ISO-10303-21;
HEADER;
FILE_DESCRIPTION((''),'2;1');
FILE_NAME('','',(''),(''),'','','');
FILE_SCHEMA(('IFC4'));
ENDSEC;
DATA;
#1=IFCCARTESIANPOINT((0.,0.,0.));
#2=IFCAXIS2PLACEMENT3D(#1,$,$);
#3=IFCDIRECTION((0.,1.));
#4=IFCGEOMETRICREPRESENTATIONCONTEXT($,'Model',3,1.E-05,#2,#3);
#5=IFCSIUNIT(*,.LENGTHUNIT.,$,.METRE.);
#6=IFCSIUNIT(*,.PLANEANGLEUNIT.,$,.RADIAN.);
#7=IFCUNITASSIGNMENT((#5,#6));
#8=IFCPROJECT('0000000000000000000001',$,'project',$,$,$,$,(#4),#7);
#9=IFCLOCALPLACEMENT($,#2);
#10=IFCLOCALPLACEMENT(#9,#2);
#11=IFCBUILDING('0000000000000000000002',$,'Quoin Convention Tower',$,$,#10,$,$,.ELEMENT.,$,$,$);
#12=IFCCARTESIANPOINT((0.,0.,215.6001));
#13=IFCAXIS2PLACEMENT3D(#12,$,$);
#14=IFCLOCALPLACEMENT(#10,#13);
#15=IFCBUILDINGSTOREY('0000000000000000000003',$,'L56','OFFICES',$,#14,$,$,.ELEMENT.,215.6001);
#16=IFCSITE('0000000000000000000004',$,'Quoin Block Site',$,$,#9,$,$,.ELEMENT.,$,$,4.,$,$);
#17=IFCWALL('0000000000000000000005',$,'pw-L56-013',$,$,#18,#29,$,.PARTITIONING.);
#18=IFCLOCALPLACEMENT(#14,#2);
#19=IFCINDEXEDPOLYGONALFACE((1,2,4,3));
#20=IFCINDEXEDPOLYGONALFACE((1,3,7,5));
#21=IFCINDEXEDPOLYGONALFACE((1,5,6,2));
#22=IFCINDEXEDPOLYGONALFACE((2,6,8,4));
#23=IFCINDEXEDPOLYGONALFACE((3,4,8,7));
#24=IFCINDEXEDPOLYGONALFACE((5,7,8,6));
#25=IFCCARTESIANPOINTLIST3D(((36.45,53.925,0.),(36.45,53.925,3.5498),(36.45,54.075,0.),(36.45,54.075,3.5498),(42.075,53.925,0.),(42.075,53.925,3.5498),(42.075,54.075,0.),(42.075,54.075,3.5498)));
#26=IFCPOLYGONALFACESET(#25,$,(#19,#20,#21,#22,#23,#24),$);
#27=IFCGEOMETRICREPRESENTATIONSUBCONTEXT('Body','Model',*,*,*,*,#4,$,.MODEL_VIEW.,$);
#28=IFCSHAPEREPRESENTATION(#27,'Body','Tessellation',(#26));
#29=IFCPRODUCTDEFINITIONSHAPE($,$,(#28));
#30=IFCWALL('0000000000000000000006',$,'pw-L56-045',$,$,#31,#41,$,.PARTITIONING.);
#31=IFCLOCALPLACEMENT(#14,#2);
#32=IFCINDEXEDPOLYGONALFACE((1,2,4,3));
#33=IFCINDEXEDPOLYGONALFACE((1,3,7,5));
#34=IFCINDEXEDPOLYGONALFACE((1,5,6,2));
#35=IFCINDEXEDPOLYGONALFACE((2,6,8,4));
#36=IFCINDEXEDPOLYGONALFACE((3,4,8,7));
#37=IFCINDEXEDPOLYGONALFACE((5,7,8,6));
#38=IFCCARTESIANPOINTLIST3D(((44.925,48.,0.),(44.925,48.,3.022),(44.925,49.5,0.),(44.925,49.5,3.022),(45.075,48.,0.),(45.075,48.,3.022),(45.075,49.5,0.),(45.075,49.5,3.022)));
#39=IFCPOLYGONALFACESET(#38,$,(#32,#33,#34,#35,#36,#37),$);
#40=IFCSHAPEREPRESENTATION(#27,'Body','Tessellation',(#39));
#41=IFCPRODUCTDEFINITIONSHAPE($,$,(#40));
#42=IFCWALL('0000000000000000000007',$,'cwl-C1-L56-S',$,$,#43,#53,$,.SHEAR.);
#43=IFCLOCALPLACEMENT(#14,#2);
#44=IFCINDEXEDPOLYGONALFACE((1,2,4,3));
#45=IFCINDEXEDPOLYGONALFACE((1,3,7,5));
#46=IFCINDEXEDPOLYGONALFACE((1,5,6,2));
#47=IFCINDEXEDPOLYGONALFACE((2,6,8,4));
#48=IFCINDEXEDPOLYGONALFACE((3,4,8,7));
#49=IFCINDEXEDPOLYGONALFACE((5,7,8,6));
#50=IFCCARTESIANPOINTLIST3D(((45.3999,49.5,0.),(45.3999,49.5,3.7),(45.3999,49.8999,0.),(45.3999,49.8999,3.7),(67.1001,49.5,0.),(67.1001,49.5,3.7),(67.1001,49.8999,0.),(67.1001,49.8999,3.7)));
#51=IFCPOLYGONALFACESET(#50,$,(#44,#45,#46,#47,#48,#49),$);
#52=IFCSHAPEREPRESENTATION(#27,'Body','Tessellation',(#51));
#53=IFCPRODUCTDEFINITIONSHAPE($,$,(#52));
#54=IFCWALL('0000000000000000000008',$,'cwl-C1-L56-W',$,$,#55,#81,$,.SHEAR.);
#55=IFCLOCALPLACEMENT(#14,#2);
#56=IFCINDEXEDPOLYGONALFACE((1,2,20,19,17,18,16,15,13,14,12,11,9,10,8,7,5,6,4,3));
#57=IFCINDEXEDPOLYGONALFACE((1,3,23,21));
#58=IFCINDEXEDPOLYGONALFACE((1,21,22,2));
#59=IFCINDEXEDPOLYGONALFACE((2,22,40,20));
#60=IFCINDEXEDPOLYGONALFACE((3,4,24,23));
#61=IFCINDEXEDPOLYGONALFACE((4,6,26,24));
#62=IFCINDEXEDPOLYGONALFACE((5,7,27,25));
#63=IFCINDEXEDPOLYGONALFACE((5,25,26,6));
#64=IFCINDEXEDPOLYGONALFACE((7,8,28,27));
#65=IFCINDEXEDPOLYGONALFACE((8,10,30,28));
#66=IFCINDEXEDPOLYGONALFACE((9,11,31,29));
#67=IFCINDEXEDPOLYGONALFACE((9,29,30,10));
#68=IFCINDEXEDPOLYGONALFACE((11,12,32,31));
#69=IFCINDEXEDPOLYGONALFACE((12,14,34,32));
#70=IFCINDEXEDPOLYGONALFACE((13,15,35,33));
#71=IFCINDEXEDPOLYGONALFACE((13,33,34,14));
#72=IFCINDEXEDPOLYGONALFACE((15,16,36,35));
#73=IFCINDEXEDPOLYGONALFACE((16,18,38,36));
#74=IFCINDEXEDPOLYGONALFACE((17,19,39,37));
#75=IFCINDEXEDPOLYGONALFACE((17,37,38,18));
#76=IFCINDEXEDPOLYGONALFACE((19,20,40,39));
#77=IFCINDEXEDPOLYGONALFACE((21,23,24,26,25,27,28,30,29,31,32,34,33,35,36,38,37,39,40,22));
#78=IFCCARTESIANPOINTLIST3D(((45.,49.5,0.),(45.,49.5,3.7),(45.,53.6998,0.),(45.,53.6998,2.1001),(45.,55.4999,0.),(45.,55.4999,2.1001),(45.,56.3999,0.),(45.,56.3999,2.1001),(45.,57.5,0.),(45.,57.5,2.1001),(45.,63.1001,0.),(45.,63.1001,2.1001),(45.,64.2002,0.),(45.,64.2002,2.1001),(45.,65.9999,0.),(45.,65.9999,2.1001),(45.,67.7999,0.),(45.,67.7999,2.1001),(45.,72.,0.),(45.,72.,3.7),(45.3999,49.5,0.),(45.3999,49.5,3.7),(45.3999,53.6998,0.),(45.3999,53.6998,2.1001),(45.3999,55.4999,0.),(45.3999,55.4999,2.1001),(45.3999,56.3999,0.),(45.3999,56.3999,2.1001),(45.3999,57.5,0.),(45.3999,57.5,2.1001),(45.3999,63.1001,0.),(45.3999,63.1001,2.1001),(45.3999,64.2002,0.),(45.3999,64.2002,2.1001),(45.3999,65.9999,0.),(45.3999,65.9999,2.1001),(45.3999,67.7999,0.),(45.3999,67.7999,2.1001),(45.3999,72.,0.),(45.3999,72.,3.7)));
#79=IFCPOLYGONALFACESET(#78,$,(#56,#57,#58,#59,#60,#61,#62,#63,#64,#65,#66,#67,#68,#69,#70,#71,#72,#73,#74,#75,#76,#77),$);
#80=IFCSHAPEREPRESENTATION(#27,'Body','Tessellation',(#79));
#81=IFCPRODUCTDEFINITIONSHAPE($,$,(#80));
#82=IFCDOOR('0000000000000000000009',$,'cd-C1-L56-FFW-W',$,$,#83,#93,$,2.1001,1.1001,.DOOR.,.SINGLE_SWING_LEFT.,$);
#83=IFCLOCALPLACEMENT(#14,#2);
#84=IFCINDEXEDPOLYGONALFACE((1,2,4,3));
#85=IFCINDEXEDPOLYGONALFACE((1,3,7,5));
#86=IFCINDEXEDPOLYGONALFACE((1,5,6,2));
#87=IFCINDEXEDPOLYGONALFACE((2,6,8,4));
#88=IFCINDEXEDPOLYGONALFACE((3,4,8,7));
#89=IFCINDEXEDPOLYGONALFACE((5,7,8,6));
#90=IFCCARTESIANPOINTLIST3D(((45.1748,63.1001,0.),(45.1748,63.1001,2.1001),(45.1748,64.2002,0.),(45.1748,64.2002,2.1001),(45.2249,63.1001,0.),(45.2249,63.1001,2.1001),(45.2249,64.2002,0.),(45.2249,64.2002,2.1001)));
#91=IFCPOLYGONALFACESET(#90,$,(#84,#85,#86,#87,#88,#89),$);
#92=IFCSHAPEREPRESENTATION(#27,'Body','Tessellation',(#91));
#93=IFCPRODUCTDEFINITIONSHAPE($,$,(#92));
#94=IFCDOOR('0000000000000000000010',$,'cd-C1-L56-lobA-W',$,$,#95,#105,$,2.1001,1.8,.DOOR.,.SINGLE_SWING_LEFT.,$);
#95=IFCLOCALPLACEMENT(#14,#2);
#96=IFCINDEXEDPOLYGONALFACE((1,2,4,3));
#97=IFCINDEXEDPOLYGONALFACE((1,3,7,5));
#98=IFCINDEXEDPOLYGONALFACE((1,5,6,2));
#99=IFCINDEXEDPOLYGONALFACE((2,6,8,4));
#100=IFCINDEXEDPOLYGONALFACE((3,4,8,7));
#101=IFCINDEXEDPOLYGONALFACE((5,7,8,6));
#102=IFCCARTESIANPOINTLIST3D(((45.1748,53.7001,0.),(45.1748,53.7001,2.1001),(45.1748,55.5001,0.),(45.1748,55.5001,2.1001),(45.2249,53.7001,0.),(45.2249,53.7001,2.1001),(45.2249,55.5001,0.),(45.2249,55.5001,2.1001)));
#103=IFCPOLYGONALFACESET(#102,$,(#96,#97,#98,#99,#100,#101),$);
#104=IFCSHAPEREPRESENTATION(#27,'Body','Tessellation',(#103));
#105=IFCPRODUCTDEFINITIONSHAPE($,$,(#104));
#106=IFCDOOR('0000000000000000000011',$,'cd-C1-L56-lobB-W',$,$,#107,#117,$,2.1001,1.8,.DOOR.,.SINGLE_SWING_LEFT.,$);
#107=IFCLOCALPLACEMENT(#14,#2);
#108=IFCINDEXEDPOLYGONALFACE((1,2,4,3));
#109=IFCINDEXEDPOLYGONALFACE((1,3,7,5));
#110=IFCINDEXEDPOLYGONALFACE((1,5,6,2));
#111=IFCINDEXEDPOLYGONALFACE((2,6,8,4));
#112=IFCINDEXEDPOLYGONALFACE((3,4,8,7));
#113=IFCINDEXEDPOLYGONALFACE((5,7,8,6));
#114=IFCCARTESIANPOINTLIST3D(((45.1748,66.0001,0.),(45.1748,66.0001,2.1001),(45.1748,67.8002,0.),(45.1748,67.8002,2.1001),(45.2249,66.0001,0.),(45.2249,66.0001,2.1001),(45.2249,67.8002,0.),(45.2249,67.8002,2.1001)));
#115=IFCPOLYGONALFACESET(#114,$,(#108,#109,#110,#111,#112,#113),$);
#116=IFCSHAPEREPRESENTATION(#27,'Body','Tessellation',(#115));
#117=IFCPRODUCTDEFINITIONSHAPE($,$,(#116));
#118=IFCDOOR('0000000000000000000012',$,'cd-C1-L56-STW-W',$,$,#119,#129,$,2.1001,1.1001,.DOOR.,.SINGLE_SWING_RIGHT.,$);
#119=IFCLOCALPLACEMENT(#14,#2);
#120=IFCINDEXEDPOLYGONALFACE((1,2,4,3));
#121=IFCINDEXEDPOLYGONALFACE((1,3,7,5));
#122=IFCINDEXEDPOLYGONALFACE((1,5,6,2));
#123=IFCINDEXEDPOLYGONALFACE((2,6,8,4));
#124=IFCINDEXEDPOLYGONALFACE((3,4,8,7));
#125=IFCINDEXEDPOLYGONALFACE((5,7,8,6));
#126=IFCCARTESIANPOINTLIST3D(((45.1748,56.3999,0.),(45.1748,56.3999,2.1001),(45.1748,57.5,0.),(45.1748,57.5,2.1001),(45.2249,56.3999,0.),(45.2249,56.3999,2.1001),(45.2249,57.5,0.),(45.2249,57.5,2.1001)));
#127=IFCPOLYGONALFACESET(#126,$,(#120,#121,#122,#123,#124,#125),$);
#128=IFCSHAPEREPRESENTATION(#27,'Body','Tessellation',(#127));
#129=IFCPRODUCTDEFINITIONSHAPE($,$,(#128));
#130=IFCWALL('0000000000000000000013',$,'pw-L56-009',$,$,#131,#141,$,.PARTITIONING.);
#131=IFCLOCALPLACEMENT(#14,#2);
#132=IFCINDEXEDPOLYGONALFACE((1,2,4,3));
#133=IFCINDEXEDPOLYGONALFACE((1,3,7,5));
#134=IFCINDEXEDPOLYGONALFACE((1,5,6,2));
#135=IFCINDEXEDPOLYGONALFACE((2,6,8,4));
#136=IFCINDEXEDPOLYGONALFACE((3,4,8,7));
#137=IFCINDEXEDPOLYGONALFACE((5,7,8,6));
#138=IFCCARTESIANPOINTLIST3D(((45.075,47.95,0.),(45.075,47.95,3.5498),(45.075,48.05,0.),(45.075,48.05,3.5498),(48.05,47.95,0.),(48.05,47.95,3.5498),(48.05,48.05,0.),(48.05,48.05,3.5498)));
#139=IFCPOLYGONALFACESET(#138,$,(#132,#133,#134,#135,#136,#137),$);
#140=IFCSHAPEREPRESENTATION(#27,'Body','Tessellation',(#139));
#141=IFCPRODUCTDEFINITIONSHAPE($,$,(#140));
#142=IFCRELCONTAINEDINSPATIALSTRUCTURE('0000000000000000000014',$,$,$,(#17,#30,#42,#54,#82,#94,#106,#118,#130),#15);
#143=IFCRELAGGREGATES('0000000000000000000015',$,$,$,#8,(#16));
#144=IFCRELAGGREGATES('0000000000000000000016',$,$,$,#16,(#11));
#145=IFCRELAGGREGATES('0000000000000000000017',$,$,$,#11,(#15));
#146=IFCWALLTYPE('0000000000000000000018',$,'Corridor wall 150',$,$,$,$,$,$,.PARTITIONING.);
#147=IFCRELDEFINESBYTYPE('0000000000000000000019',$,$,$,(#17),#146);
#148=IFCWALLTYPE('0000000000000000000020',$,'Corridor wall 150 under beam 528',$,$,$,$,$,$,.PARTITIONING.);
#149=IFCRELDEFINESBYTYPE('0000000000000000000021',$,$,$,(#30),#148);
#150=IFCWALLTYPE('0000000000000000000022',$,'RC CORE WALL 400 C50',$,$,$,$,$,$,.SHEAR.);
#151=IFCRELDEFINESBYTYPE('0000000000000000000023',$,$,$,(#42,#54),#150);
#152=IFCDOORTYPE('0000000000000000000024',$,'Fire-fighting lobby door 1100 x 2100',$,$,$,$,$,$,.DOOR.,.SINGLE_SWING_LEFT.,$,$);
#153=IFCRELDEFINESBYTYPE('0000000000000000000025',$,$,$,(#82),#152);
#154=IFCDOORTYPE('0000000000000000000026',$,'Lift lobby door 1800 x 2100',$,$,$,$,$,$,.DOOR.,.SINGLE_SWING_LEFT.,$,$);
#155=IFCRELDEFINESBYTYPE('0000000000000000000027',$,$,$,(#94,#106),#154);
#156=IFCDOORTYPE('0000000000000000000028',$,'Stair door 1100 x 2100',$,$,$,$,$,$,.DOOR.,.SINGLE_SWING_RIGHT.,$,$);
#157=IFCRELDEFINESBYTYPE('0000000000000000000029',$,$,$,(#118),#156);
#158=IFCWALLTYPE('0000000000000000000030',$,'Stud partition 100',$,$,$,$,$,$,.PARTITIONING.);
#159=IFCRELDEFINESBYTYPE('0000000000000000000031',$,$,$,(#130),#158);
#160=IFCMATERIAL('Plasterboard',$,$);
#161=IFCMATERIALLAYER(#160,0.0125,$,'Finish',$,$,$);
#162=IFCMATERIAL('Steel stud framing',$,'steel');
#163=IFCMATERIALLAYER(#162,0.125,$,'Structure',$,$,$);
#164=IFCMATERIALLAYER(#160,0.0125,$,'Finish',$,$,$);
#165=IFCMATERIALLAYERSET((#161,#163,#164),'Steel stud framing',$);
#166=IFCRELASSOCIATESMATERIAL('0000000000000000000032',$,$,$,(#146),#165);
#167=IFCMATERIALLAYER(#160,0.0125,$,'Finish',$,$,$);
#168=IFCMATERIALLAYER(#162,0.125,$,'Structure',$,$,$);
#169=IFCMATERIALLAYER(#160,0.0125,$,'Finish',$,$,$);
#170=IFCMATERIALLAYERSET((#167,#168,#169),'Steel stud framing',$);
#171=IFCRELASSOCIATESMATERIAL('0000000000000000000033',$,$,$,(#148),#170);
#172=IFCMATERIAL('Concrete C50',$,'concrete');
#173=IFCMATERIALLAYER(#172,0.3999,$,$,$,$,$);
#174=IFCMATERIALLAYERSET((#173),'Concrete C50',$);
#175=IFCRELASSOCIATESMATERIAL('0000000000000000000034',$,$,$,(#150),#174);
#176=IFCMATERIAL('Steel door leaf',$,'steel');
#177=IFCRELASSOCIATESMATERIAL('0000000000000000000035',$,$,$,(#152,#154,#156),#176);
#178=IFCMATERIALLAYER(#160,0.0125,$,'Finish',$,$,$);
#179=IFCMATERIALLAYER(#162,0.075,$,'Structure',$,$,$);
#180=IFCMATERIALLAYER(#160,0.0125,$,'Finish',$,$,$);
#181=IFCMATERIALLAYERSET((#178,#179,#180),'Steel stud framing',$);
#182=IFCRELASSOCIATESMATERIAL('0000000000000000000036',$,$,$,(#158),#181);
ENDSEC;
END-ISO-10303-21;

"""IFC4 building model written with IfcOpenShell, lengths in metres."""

from ifc_helpers import new_model, si_unit, direction, frame, frame_2d, origin, place, context, subcontext, project, spatial, rectangle, extrude, material, layer, layer_set, type_object, element, fill, save


model = new_model("IFC4")

# Units and contexts
model_context = context("Model", 3, precision=1e-05, world=origin(), true_north=direction((0.0, 1.0)))
body_context = subcontext(model_context, "Body", "Model", "MODEL_VIEW")
ifc_project = project(units=[si_unit("LENGTHUNIT", "METRE"), si_unit("PLANEANGLEUNIT", "RADIAN")], contexts=[model_context])

# Site, building, storey
site_placement = place(None, origin())
site = spatial("IfcSite", under=ifc_project, at=site_placement, Name="Quoin Block Site", CompositionType="ELEMENT", RefElevation=4.0)
building_placement = place(site_placement, origin())
building = spatial("IfcBuilding", under=site, at=building_placement, Name="Quoin Convention Tower", CompositionType="ELEMENT")
storey_placement = place(building_placement, frame((0.0, 0.0, 215.6001)))
storey = spatial("IfcBuildingStorey", under=building, at=storey_placement, Name="L56", Description="OFFICES", CompositionType="ELEMENT", Elevation=215.6001)

# Shared definitions
ifc_material_1 = material(Name="Plasterboard")
ifc_material_2 = material(Name="Steel stud framing", Category="steel")
ifc_material_3 = material(Name="Steel door leaf", Category="steel")

# Walls
ifc_layer_1 = layer(ifc_material_1, 0.0125, Name="Finish")
ifc_layer_2 = layer(ifc_material_2, 0.125, Name="Structure")
ifc_layer_3 = layer(ifc_material_1, 0.0125, Name="Finish")
ifc_layer_set_1 = layer_set([ifc_layer_1, ifc_layer_2, ifc_layer_3], Name="Steel stud framing")
wall_type_1 = type_object("IfcWallType", Name="Corridor wall 150", PredefinedType="PARTITIONING", material=ifc_layer_set_1)
wall_1_placement = place(storey_placement, frame((36.45, 54.0, 0.0), z_axis=(0.0, 0.0, 1.0), x_axis=(1.0, 0.0, 0.0)))
element("IfcWall", 1, at=wall_1_placement, inside=storey, type_object=wall_type_1, Name="pw-L56-013", PredefinedType="PARTITIONING", context=body_context, shape_type="SweptSolid", body=[
    extrude(rectangle(XDim=5.625, YDim=0.1499, at=frame_2d((2.8125, 0.0))), origin(), (0.0, 0.0, 1.0), 3.5498),
])
ifc_layer_4 = layer(ifc_material_1, 0.0125, Name="Finish")
ifc_layer_5 = layer(ifc_material_2, 0.125, Name="Structure")
ifc_layer_6 = layer(ifc_material_1, 0.0125, Name="Finish")
ifc_layer_set_2 = layer_set([ifc_layer_4, ifc_layer_5, ifc_layer_6], Name="Steel stud framing")
wall_type_2 = type_object("IfcWallType", Name="Corridor wall 150 under beam 528", PredefinedType="PARTITIONING", material=ifc_layer_set_2)
wall_2_placement = place(storey_placement, frame((45.0, 48.0, 0.0), z_axis=(0.0, 0.0, 1.0), x_axis=(0.0, 1.0, 0.0)))
element("IfcWall", 2, at=wall_2_placement, inside=storey, type_object=wall_type_2, Name="pw-L56-045", PredefinedType="PARTITIONING", context=body_context, shape_type="SweptSolid", body=[
    extrude(rectangle(XDim=1.5, YDim=0.1499, at=frame_2d((0.75, 0.0))), origin(), (0.0, 0.0, 1.0), 3.022),
])
ifc_material_4 = material(Name="Concrete C50", Category="concrete")
ifc_layer_7 = layer(ifc_material_4, 0.3999)
ifc_layer_set_3 = layer_set([ifc_layer_7], Name="Concrete C50")
wall_type_3 = type_object("IfcWallType", Name="RC CORE WALL 400 C50", PredefinedType="SHEAR", material=ifc_layer_set_3)
wall_3_placement = place(storey_placement, frame((45.3999, 49.7, 0.0), z_axis=(0.0, 0.0, 1.0), x_axis=(1.0, 0.0, 0.0)))
element("IfcWall", 3, at=wall_3_placement, inside=storey, type_object=wall_type_3, Name="cwl-C1-L56-S", PredefinedType="SHEAR", context=body_context, shape_type="SweptSolid", body=[
    extrude(rectangle(XDim=21.7002, YDim=0.3999, at=frame_2d((10.8501, 0.0))), origin(), (0.0, 0.0, 1.0), 3.7),
])

# Wall, openings, doors
wall_4_placement = place(storey_placement, frame((45.2, 49.5, 0.0), z_axis=(0.0, 0.0, 1.0), x_axis=(0.0, 1.0, 0.0)))
wall_4 = element("IfcWall", 4, at=wall_4_placement, inside=storey, type_object=wall_type_3, Name="cwl-C1-L56-W", PredefinedType="SHEAR", context=body_context, shape_type="SweptSolid", body=[
    extrude(rectangle(XDim=22.5, YDim=0.3999, at=frame_2d((11.25, 0.0))), origin(), (0.0, 0.0, 1.0), 3.7),
])
opening_1_placement = place(wall_4_placement, frame((4.2, 0.0, 0.0)))
opening_1 = element("IfcOpeningElement", 5, at=opening_1_placement, cuts=wall_4, PredefinedType="OPENING", context=body_context, shape_type="SweptSolid", body=[
    extrude(rectangle(XDim=1.8, YDim=2.1001, at=frame_2d((0.8999, 1.05))), frame((0.0, 0.21, 0.0), z_axis=(0.0, -1.0, 0.0), x_axis=(1.0, 0.0, 0.0)), (0.0, 0.0, 1.0), 0.4199),
])
opening_2_placement = place(wall_4_placement, frame((6.8999, 0.0, 0.0)))
opening_2 = element("IfcOpeningElement", 6, at=opening_2_placement, cuts=wall_4, PredefinedType="OPENING", context=body_context, shape_type="SweptSolid", body=[
    extrude(rectangle(XDim=1.1001, YDim=2.1001, at=frame_2d((0.55, 1.05))), frame((0.0, 0.21, 0.0), z_axis=(0.0, -1.0, 0.0), x_axis=(1.0, 0.0, 0.0)), (0.0, 0.0, 1.0), 0.4199),
])
opening_3_placement = place(wall_4_placement, frame((13.6001, 0.0, 0.0)))
opening_3 = element("IfcOpeningElement", 7, at=opening_3_placement, cuts=wall_4, PredefinedType="OPENING", context=body_context, shape_type="SweptSolid", body=[
    extrude(rectangle(XDim=1.1001, YDim=2.1001, at=frame_2d((0.55, 1.05))), frame((0.0, 0.21, 0.0), z_axis=(0.0, -1.0, 0.0), x_axis=(1.0, 0.0, 0.0)), (0.0, 0.0, 1.0), 0.4199),
])
opening_4_placement = place(wall_4_placement, frame((16.5, 0.0, 0.0)))
opening_4 = element("IfcOpeningElement", 8, at=opening_4_placement, cuts=wall_4, PredefinedType="OPENING", context=body_context, shape_type="SweptSolid", body=[
    extrude(rectangle(XDim=1.8, YDim=2.1001, at=frame_2d((0.8999, 1.05))), frame((0.0, 0.21, 0.0), z_axis=(0.0, -1.0, 0.0), x_axis=(1.0, 0.0, 0.0)), (0.0, 0.0, 1.0), 0.4199),
])
door_type_1 = type_object("IfcDoorType", Name="Fire-fighting lobby door 1100 x 2100", OperationType="SINGLE_SWING_LEFT", PredefinedType="DOOR", material=ifc_material_3)
door_1_placement = place(opening_3_placement, frame((1.1001, 0.0, 0.0), z_axis=(0.0, 0.0, 1.0), x_axis=(-1.0, 0.0, 0.0)))
door_1 = element("IfcDoor", 9, at=door_1_placement, inside=storey, type_object=door_type_1, Name="cd-C1-L56-FFW-W", OperationType="SINGLE_SWING_LEFT", OverallHeight=2.1001, OverallWidth=1.1001, PredefinedType="DOOR", context=body_context, shape_type="SweptSolid", body=[
    extrude(rectangle(XDim=1.1001, YDim=2.1001, at=frame_2d((0.55, 1.05))), frame((0.0, 0.0249, 0.0), z_axis=(0.0, -1.0, 0.0), x_axis=(1.0, 0.0, 0.0)), (0.0, 0.0, 1.0), 0.05),
])
fill(opening_3, door_1)
door_type_2 = type_object("IfcDoorType", Name="Lift lobby door 1800 x 2100", OperationType="SINGLE_SWING_LEFT", PredefinedType="DOOR", material=ifc_material_3)
door_2_placement = place(opening_1_placement, frame((1.8, 0.0, 0.0), z_axis=(0.0, 0.0, 1.0), x_axis=(-1.0, 0.0, 0.0)))
door_2 = element("IfcDoor", 10, at=door_2_placement, inside=storey, type_object=door_type_2, Name="cd-C1-L56-lobA-W", OperationType="SINGLE_SWING_LEFT", OverallHeight=2.1001, OverallWidth=1.8, PredefinedType="DOOR", context=body_context, shape_type="SweptSolid", body=[
    extrude(rectangle(XDim=1.8, YDim=2.1001, at=frame_2d((0.8999, 1.05))), frame((0.0, 0.0249, 0.0), z_axis=(0.0, -1.0, 0.0), x_axis=(1.0, 0.0, 0.0)), (0.0, 0.0, 1.0), 0.05),
])
fill(opening_1, door_2)
door_3_placement = place(opening_4_placement, frame((1.8, 0.0, 0.0), z_axis=(0.0, 0.0, 1.0), x_axis=(-1.0, 0.0, 0.0)))
door_3 = element("IfcDoor", 11, at=door_3_placement, inside=storey, type_object=door_type_2, Name="cd-C1-L56-lobB-W", OperationType="SINGLE_SWING_LEFT", OverallHeight=2.1001, OverallWidth=1.8, PredefinedType="DOOR", context=body_context, shape_type="SweptSolid", body=[
    extrude(rectangle(XDim=1.8, YDim=2.1001, at=frame_2d((0.8999, 1.05))), frame((0.0, 0.0249, 0.0), z_axis=(0.0, -1.0, 0.0), x_axis=(1.0, 0.0, 0.0)), (0.0, 0.0, 1.0), 0.05),
])
fill(opening_4, door_3)
door_type_3 = type_object("IfcDoorType", Name="Stair door 1100 x 2100", OperationType="SINGLE_SWING_RIGHT", PredefinedType="DOOR", material=ifc_material_3)
door_4_placement = place(opening_2_placement, frame((1.1001, 0.0, 0.0), z_axis=(0.0, 0.0, 1.0), x_axis=(-1.0, 0.0, 0.0)))
door_4 = element("IfcDoor", 12, at=door_4_placement, inside=storey, type_object=door_type_3, Name="cd-C1-L56-STW-W", OperationType="SINGLE_SWING_RIGHT", OverallHeight=2.1001, OverallWidth=1.1001, PredefinedType="DOOR", context=body_context, shape_type="SweptSolid", body=[
    extrude(rectangle(XDim=1.1001, YDim=2.1001, at=frame_2d((0.55, 1.05))), frame((0.0, 0.0249, 0.0), z_axis=(0.0, -1.0, 0.0), x_axis=(1.0, 0.0, 0.0)), (0.0, 0.0, 1.0), 0.05),
])
fill(opening_2, door_4)

# Wall
ifc_layer_8 = layer(ifc_material_1, 0.0125, Name="Finish")
ifc_layer_9 = layer(ifc_material_2, 0.075, Name="Structure")
ifc_layer_10 = layer(ifc_material_1, 0.0125, Name="Finish")
ifc_layer_set_4 = layer_set([ifc_layer_8, ifc_layer_9, ifc_layer_10], Name="Steel stud framing")
wall_type_4 = type_object("IfcWallType", Name="Stud partition 100", PredefinedType="PARTITIONING", material=ifc_layer_set_4)
wall_5_placement = place(storey_placement, frame((45.075, 48.0, 0.0), z_axis=(0.0, 0.0, 1.0), x_axis=(1.0, 0.0, 0.0)))
element("IfcWall", 13, at=wall_5_placement, inside=storey, type_object=wall_type_4, Name="pw-L56-009", PredefinedType="PARTITIONING", context=body_context, shape_type="SweptSolid", body=[
    extrude(rectangle(XDim=2.9751, YDim=0.1001, at=frame_2d((1.4875, 0.0))), origin(), (0.0, 0.0, 1.0), 3.5498),
])

save(model, "model.ifc")
